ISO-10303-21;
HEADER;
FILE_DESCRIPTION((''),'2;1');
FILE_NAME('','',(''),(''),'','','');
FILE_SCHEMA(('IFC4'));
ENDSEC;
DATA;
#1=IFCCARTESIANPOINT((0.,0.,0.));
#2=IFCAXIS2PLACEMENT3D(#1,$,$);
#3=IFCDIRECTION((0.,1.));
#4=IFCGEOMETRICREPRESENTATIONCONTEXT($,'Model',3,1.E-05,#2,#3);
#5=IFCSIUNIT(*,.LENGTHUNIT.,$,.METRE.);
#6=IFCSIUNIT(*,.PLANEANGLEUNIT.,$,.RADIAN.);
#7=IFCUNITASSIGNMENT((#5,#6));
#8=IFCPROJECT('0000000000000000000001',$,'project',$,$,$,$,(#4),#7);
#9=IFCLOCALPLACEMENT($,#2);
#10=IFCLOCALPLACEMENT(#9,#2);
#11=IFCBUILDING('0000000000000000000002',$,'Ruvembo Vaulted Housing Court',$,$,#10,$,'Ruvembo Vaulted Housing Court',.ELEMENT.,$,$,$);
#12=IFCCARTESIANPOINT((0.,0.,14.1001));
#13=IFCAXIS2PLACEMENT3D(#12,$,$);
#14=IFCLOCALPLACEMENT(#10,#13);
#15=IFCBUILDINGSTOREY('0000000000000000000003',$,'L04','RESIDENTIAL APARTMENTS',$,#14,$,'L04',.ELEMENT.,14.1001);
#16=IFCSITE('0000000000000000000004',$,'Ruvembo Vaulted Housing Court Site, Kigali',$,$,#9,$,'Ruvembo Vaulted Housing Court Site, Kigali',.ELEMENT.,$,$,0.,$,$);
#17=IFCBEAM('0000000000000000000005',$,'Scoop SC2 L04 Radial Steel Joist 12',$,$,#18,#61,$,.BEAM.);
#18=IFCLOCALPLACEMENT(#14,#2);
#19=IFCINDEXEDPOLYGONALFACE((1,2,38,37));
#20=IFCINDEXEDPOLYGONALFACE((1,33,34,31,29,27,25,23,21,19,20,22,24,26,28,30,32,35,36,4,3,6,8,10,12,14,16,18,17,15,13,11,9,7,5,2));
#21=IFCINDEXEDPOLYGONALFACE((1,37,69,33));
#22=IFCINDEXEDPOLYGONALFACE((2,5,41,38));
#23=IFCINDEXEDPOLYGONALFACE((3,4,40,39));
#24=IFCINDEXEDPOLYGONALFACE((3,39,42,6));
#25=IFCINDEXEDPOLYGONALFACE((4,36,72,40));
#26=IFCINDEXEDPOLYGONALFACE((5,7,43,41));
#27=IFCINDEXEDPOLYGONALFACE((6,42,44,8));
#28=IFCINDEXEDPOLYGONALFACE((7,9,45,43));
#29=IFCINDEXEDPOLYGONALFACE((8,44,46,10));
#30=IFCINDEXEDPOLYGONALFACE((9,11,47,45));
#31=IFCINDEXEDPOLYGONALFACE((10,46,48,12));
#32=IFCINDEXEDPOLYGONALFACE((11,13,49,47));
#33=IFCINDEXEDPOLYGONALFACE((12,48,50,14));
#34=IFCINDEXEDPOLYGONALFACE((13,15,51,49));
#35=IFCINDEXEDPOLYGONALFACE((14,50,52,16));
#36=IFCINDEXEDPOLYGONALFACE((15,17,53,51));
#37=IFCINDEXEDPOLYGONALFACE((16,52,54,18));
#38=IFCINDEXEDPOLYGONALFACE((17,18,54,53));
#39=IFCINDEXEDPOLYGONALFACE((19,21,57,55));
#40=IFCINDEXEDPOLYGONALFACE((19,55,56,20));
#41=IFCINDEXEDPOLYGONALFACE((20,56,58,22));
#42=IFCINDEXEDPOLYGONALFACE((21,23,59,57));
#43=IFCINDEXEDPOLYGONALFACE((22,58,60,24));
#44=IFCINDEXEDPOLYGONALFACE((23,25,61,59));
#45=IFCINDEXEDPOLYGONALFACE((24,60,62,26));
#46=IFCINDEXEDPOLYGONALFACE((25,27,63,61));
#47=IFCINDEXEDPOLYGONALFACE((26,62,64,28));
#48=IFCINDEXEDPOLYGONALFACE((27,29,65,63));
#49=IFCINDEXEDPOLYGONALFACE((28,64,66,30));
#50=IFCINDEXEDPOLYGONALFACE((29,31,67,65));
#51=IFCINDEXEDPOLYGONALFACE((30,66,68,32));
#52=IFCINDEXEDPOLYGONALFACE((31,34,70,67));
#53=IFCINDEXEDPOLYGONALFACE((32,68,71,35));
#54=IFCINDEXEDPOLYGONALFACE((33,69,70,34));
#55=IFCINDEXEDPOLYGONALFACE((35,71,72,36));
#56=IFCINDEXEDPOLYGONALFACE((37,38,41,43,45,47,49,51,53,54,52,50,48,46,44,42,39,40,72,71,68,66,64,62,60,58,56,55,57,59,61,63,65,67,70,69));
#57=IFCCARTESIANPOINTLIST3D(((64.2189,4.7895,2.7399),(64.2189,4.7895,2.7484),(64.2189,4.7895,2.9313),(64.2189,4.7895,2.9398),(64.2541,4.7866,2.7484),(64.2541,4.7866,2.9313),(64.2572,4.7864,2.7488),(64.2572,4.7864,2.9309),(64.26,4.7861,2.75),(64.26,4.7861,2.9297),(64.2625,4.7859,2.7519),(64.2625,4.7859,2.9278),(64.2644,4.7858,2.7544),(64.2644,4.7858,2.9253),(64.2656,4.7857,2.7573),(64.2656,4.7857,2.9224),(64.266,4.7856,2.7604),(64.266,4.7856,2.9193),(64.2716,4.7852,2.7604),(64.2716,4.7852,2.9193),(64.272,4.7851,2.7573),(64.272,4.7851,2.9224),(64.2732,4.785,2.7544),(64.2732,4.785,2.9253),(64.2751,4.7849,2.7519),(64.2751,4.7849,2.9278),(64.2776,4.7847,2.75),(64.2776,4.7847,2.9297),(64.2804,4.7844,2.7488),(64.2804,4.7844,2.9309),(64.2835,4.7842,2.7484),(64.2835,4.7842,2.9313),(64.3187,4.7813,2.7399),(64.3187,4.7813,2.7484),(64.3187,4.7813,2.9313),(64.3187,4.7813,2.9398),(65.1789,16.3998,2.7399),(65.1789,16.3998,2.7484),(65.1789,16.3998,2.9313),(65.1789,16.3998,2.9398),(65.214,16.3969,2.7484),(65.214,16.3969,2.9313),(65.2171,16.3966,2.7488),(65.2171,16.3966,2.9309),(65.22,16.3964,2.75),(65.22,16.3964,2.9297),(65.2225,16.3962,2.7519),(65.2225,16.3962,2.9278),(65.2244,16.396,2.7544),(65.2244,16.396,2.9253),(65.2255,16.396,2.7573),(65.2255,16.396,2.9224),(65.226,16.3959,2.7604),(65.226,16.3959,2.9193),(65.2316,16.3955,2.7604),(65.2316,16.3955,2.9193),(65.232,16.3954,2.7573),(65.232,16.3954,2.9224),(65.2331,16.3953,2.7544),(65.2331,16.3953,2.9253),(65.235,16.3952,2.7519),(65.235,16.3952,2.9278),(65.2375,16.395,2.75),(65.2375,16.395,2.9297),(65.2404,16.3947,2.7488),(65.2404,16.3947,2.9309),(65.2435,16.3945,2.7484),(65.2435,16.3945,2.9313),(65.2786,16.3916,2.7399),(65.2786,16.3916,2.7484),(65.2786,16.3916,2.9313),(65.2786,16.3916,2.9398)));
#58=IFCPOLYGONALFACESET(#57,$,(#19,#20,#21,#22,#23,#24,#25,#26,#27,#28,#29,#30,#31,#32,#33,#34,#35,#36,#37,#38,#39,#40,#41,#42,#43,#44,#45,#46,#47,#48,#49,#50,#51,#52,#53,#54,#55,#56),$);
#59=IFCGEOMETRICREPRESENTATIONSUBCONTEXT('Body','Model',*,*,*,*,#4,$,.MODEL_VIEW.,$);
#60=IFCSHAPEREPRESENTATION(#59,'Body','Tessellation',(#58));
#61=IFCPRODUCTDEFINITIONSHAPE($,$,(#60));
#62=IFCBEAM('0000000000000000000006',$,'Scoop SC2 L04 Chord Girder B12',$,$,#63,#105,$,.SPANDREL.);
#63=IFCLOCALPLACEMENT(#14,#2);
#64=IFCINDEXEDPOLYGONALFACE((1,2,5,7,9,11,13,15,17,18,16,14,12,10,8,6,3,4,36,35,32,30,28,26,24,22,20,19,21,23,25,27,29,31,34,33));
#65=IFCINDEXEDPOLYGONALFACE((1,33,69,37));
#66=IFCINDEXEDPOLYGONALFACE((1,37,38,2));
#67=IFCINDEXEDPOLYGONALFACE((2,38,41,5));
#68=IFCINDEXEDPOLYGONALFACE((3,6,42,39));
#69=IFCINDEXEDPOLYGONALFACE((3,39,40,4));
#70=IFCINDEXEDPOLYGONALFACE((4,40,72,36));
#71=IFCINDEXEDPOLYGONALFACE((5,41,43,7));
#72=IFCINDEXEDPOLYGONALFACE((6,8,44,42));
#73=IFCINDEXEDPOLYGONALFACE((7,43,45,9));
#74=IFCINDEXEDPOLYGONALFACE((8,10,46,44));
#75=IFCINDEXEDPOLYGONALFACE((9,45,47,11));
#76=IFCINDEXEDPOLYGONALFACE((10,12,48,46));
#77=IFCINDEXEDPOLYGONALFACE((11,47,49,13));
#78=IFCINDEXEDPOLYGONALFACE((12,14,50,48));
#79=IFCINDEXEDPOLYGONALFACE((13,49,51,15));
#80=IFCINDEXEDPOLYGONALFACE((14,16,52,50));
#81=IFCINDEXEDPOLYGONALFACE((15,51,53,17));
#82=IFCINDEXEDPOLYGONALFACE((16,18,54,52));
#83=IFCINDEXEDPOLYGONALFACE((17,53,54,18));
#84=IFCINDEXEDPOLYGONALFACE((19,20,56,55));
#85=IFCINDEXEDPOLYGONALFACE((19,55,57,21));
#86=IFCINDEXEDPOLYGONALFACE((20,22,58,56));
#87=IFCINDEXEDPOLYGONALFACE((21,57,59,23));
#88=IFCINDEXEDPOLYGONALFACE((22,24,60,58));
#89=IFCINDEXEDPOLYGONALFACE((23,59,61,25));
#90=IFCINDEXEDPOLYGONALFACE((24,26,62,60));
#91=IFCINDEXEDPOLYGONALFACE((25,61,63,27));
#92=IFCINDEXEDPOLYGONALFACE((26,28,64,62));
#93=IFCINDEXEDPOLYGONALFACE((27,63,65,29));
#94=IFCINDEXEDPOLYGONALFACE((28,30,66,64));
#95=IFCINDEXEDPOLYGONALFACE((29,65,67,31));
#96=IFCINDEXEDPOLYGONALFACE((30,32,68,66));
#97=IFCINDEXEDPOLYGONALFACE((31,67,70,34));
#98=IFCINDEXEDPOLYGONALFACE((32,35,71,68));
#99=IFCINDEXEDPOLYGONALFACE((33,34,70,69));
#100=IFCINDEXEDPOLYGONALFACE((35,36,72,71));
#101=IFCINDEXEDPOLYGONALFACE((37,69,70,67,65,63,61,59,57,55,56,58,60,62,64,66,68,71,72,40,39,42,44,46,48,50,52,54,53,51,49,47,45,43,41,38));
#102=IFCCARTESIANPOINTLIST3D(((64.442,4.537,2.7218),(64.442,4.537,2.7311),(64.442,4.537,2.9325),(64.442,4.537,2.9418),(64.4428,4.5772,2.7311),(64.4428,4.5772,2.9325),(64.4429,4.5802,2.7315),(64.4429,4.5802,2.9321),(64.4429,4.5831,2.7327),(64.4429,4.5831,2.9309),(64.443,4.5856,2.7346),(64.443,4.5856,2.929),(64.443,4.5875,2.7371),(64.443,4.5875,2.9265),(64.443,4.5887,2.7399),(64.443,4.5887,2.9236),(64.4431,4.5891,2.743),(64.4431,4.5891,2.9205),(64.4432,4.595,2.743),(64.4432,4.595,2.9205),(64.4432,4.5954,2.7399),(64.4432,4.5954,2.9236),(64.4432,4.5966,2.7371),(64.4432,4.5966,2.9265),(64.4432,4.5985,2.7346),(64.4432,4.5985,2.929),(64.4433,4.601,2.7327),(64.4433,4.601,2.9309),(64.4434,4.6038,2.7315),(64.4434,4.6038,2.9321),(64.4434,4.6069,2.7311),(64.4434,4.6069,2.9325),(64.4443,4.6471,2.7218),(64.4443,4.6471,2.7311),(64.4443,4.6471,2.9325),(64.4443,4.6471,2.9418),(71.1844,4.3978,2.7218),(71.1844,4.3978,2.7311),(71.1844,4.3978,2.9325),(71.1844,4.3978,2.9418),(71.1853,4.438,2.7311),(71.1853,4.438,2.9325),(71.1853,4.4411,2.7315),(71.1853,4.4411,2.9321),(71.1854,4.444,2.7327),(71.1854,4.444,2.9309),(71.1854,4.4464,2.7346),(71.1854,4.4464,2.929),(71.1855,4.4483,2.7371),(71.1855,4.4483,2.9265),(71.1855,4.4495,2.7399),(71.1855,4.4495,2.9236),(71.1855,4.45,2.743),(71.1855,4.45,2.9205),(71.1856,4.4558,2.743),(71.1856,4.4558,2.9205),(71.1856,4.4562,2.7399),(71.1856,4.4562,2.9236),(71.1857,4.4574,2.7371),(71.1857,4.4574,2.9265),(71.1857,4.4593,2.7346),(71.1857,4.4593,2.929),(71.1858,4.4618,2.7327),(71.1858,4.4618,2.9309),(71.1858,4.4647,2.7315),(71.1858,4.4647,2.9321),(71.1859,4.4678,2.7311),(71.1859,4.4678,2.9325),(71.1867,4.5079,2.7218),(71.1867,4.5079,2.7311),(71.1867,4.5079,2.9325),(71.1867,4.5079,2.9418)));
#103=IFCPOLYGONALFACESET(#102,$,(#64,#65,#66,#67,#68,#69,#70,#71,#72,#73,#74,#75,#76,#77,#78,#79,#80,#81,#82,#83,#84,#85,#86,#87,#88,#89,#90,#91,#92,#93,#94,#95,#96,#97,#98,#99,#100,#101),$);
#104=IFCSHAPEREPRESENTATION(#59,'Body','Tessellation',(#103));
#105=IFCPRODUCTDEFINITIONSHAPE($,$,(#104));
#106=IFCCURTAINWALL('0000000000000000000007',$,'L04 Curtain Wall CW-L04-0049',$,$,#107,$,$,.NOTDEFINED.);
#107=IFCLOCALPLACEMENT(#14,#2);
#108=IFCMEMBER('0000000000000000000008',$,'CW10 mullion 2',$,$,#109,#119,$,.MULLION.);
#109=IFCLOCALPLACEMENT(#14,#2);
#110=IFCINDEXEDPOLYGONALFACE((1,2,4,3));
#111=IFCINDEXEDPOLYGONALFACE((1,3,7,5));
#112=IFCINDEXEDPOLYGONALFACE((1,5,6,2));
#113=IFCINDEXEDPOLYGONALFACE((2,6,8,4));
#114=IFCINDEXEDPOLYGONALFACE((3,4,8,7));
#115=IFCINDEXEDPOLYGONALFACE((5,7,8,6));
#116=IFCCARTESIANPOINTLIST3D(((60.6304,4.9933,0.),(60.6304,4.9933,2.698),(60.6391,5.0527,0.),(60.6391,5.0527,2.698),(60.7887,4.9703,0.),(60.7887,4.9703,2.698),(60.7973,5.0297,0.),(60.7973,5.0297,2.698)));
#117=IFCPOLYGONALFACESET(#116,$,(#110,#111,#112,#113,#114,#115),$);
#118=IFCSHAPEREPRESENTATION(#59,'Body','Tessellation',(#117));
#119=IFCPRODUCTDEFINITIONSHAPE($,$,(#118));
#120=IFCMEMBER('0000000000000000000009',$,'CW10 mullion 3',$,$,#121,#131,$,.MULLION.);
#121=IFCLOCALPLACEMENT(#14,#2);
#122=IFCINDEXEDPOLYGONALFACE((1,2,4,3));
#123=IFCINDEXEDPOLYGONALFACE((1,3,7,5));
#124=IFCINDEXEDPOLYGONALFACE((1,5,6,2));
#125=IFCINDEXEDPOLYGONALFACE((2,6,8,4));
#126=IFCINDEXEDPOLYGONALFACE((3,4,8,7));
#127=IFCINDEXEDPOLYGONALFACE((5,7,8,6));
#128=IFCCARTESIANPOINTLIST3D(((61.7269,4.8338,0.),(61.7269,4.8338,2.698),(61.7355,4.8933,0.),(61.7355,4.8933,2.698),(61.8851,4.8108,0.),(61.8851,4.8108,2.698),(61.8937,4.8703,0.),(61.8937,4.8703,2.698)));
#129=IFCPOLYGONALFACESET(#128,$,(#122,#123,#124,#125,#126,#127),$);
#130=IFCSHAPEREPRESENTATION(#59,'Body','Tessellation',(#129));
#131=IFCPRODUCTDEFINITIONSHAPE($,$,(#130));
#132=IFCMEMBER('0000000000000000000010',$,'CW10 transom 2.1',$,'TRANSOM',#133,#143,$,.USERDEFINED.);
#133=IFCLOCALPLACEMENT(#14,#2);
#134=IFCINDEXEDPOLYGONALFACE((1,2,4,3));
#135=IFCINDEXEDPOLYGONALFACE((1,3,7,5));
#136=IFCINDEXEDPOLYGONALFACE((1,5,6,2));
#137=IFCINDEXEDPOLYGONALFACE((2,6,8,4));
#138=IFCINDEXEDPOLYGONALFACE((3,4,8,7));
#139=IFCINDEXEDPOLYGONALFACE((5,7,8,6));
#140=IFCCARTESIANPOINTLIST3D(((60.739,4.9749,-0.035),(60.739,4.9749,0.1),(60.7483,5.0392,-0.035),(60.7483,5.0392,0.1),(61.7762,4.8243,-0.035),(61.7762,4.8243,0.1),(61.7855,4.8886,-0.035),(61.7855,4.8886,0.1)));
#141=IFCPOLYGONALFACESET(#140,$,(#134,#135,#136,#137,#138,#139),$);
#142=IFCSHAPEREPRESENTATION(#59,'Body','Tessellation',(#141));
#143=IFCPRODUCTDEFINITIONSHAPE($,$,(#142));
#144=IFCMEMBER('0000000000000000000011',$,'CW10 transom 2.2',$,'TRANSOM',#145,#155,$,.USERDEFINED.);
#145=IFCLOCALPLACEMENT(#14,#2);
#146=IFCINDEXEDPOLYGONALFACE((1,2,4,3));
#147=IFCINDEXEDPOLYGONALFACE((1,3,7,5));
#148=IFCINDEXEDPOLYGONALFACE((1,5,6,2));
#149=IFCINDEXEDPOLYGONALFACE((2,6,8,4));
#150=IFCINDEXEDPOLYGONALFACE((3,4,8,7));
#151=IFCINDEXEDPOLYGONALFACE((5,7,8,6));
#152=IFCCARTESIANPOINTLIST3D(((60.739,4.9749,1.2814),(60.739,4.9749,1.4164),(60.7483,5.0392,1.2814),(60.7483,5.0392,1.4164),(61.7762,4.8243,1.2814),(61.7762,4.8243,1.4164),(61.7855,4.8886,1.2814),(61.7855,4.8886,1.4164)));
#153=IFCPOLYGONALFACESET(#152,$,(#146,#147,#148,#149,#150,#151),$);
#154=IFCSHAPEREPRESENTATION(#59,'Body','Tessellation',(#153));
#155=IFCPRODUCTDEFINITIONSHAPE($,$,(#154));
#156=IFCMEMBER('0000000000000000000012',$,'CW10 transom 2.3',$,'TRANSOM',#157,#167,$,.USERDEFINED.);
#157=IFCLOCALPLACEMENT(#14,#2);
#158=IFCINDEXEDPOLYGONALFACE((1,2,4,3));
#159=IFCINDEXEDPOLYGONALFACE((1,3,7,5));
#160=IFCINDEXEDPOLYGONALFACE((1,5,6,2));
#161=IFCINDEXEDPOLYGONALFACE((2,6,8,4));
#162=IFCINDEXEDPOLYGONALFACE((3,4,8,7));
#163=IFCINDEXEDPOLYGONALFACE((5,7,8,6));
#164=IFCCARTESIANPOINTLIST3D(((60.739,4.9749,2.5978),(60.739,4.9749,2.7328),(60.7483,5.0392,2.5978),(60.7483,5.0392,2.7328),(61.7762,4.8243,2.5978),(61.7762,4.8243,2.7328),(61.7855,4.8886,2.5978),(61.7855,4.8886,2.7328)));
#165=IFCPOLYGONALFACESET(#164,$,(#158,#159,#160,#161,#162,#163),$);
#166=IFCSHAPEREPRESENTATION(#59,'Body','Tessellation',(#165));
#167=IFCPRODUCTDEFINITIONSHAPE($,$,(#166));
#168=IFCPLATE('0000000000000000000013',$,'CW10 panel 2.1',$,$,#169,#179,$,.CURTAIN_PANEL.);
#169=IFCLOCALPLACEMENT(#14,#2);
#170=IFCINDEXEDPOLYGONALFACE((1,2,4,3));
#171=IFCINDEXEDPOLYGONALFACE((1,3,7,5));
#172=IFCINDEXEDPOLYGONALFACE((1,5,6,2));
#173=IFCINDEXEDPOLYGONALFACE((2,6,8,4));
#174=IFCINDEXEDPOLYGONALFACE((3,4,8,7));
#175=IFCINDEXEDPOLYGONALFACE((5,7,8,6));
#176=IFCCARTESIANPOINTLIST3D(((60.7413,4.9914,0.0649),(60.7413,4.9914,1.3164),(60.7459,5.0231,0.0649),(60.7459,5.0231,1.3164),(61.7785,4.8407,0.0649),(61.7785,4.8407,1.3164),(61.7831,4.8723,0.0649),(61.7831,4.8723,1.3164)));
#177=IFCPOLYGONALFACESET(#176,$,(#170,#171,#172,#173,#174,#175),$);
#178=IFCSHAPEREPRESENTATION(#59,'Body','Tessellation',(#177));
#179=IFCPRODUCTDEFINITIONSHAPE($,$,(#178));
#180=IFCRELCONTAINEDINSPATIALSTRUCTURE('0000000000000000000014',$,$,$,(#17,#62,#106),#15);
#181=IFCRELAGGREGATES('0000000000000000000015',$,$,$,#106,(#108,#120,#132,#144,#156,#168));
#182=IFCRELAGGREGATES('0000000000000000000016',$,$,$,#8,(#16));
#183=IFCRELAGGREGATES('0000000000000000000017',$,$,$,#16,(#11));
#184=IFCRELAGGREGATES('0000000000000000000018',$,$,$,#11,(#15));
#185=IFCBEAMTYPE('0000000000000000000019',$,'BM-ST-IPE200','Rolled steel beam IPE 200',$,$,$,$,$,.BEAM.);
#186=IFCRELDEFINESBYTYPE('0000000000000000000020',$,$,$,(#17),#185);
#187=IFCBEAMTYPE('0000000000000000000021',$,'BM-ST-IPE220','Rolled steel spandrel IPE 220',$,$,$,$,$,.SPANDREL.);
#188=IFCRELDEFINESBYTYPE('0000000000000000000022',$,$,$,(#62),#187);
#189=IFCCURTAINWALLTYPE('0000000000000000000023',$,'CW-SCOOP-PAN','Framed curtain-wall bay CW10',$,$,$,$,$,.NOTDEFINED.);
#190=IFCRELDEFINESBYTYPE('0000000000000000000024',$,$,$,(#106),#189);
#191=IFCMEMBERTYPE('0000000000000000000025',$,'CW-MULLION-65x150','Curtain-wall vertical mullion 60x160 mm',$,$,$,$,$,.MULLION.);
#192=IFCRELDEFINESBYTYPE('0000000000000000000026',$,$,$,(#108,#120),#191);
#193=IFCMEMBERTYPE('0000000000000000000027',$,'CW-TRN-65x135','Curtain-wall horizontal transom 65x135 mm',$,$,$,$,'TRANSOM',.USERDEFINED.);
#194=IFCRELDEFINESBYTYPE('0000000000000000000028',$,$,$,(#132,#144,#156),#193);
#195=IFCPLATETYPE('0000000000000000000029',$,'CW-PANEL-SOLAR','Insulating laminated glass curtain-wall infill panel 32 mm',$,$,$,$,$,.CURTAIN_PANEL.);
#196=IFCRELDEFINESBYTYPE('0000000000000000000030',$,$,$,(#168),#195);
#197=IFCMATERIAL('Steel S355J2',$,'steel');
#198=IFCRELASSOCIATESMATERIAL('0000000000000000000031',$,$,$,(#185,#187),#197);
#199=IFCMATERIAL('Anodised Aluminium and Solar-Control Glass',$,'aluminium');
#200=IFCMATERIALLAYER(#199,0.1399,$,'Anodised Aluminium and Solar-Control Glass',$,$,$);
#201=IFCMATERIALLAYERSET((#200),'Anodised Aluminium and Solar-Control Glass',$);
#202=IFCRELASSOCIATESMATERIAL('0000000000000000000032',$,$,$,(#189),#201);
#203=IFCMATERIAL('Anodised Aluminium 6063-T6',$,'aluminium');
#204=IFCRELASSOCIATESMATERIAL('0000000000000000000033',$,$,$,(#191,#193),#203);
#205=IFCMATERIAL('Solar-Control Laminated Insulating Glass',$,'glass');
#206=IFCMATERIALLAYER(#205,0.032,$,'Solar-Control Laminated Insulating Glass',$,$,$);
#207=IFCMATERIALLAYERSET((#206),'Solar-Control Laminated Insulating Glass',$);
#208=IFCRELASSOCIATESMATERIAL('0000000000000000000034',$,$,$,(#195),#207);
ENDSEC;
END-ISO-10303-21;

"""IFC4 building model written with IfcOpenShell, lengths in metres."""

from ifc_helpers import new_model, si_unit, direction, frame, origin, origin_2d, place, context, subcontext, project, spatial, rectangle, i_section, extrude, material, layer, layer_set, material_profile, profile_set, type_object, element, aggregate, save


model = new_model("IFC4")

# Units and contexts
model_context = context("Model", 3, precision=1e-05, world=origin(), true_north=direction((0.0, 1.0)))
body_context = subcontext(model_context, "Body", "Model", "MODEL_VIEW")
ifc_project = project(units=[si_unit("LENGTHUNIT", "METRE"), si_unit("PLANEANGLEUNIT", "RADIAN")], contexts=[model_context])

# Site, building, storey
site_placement = place(None, origin())
site = spatial("IfcSite", under=ifc_project, at=site_placement, Name="Ruvembo Vaulted Housing Court Site, Kigali", LongName="Ruvembo Vaulted Housing Court Site, Kigali", CompositionType="ELEMENT", RefElevation=0.0)
building_placement = place(site_placement, origin())
building = spatial("IfcBuilding", under=site, at=building_placement, Name="Ruvembo Vaulted Housing Court", LongName="Ruvembo Vaulted Housing Court", CompositionType="ELEMENT")
storey_placement = place(building_placement, frame((0.0, 0.0, 14.1001)))
storey = spatial("IfcBuildingStorey", under=building, at=storey_placement, Name="L04", Description="RESIDENTIAL APARTMENTS", LongName="L04", CompositionType="ELEMENT", Elevation=14.1001)

# Beams
ifc_material_1 = material(Name="Steel S355J2", Category="steel")
ifc_material_profile_1 = material_profile(ifc_material_1, i_section(OverallWidth=0.1001, OverallDepth=0.2, WebThickness=0.0056, FlangeThickness=0.0085, FilletRadius=0.012, at=origin_2d()), Name="IPE 200")
ifc_profile_set_1 = profile_set([ifc_material_profile_1], Name="Steel S355J2")
beam_type_1 = type_object("IfcBeamType", Name="BM-ST-IPE200", Description="Rolled steel beam IPE 200", PredefinedType="BEAM", material=ifc_profile_set_1)
beam_1_placement = place(storey_placement, frame((64.2688, 4.7854, 2.8398), z_axis=(0.0824, 0.996599, 0.0), x_axis=(-0.996599, 0.0824, 0.0)))
element("IfcBeam", 1, at=beam_1_placement, inside=storey, type_object=beam_type_1, Name="Scoop SC2 L04 Radial Steel Joist 12", PredefinedType="BEAM", context=body_context, shape_type="SweptSolid", body=[
    extrude(i_section(OverallWidth=0.1001, OverallDepth=0.2, WebThickness=0.0056, FlangeThickness=0.0085, FilletRadius=0.012, at=origin_2d()), origin(), (0.0, 0.0, 1.0), 11.6499),
])
ifc_material_profile_2 = material_profile(ifc_material_1, i_section(OverallWidth=0.1101, OverallDepth=0.22, WebThickness=0.0059, FlangeThickness=0.0093, FilletRadius=0.012, at=origin_2d()), Name="IPE 220")
ifc_profile_set_2 = profile_set([ifc_material_profile_2], Name="Steel S355J2")
beam_type_2 = type_object("IfcBeamType", Name="BM-ST-IPE220", Description="Rolled steel spandrel IPE 220", PredefinedType="SPANDREL", material=ifc_profile_set_2)
beam_2_placement = place(storey_placement, frame((64.4431, 4.592, 2.8318), z_axis=(0.999787, -0.020635, 0.0), x_axis=(0.020635, 0.999787, 0.0)))
element("IfcBeam", 2, at=beam_2_placement, inside=storey, type_object=beam_type_2, Name="Scoop SC2 L04 Chord Girder B12", PredefinedType="SPANDREL", context=body_context, shape_type="SweptSolid", body=[
    extrude(i_section(OverallWidth=0.1101, OverallDepth=0.22, WebThickness=0.0059, FlangeThickness=0.0093, FilletRadius=0.012, at=origin_2d()), origin(), (0.0, 0.0, 1.0), 6.7439),
])

# Curtain wall, members, plate
ifc_material_2 = material(Name="Anodised Aluminium and Solar-Control Glass", Category="aluminium")
ifc_layer_1 = layer(ifc_material_2, 0.1399, Name="Anodised Aluminium and Solar-Control Glass")
ifc_layer_set_1 = layer_set([ifc_layer_1], Name="Anodised Aluminium and Solar-Control Glass")
curtain_wall_type = type_object("IfcCurtainWallType", Name="CW-SCOOP-PAN", Description="Framed curtain-wall bay CW10", PredefinedType="NOTDEFINED", material=ifc_layer_set_1)
curtain_wall_placement = place(storey_placement, origin())
curtain_wall = element("IfcCurtainWall", 3, at=curtain_wall_placement, inside=storey, type_object=curtain_wall_type, Name="L04 Curtain Wall CW-L04-0049", PredefinedType="NOTDEFINED")
ifc_material_3 = material(Name="Anodised Aluminium 6063-T6", Category="aluminium")
ifc_material_profile_3 = material_profile(ifc_material_3, rectangle(XDim=0.0601, YDim=0.1599, at=origin_2d()), Name="ALU 60x160")
ifc_profile_set_3 = profile_set([ifc_material_profile_3], Name="Anodised Aluminium 6063-T6")
member_type_1 = type_object("IfcMemberType", Name="CW-MULLION-65x150", Description="Curtain-wall vertical mullion 60x160 mm", PredefinedType="MULLION", material=ifc_profile_set_3)
member_1_placement = place(storey_placement, frame((60.7139, 5.0115, 0.0), z_axis=(0.0, 0.0, 1.0), x_axis=(0.143851, 0.989599, 0.0)))
member_1 = element("IfcMember", 4, at=member_1_placement, type_object=member_type_1, Name="CW10 mullion 2", PredefinedType="MULLION", context=body_context, shape_type="SweptSolid", body=[
    extrude(rectangle(XDim=0.0601, YDim=0.1599, at=origin_2d()), origin(), (0.0, 0.0, 1.0), 2.698),
])
member_2_placement = place(storey_placement, frame((61.8103, 4.8521, 0.0), z_axis=(0.0, 0.0, 1.0), x_axis=(0.143851, 0.989599, 0.0)))
member_2 = element("IfcMember", 5, at=member_2_placement, type_object=member_type_1, Name="CW10 mullion 3", PredefinedType="MULLION", context=body_context, shape_type="SweptSolid", body=[
    extrude(rectangle(XDim=0.0601, YDim=0.1599, at=origin_2d()), origin(), (0.0, 0.0, 1.0), 2.698),
])
ifc_material_profile_4 = material_profile(ifc_material_3, rectangle(XDim=0.0649, YDim=0.135, at=origin_2d()), Name="ALU 65x135")
ifc_profile_set_4 = profile_set([ifc_material_profile_4], Name="Anodised Aluminium 6063-T6")
member_type_2 = type_object("IfcMemberType", Name="CW-TRN-65x135", Description="Curtain-wall horizontal transom 65x135 mm", ElementType="TRANSOM", PredefinedType="USERDEFINED", material=ifc_profile_set_4)
member_3_placement = place(storey_placement, frame((60.7437, 5.0071, 0.0325), z_axis=(0.989616, -0.143737, 0.0), x_axis=(0.143737, 0.989616, 0.0)))
member_3 = element("IfcMember", 6, at=member_3_placement, type_object=member_type_2, Name="CW10 transom 2.1", ObjectType="TRANSOM", PredefinedType="USERDEFINED", context=body_context, shape_type="SweptSolid", body=[
    extrude(rectangle(XDim=0.0649, YDim=0.135, at=origin_2d()), origin(), (0.0, 0.0, 1.0), 1.0481),
])
member_4_placement = place(storey_placement, frame((60.7437, 5.0071, 1.3489), z_axis=(0.989616, -0.143737, 0.0), x_axis=(0.143737, 0.989616, 0.0)))
member_4 = element("IfcMember", 7, at=member_4_placement, type_object=member_type_2, Name="CW10 transom 2.2", ObjectType="TRANSOM", PredefinedType="USERDEFINED", context=body_context, shape_type="SweptSolid", body=[
    extrude(rectangle(XDim=0.0649, YDim=0.135, at=origin_2d()), origin(), (0.0, 0.0, 1.0), 1.0481),
])
member_5_placement = place(storey_placement, frame((60.7437, 5.0071, 2.6653), z_axis=(0.989616, -0.143737, 0.0), x_axis=(0.143737, 0.989616, 0.0)))
member_5 = element("IfcMember", 8, at=member_5_placement, type_object=member_type_2, Name="CW10 transom 2.3", ObjectType="TRANSOM", PredefinedType="USERDEFINED", context=body_context, shape_type="SweptSolid", body=[
    extrude(rectangle(XDim=0.0649, YDim=0.135, at=origin_2d()), origin(), (0.0, 0.0, 1.0), 1.0481),
])
ifc_material_4 = material(Name="Solar-Control Laminated Insulating Glass", Category="glass")
ifc_layer_2 = layer(ifc_material_4, 0.032, Name="Solar-Control Laminated Insulating Glass")
ifc_layer_set_2 = layer_set([ifc_layer_2], Name="Solar-Control Laminated Insulating Glass")
plate_type_1 = type_object("IfcPlateType", Name="CW-PANEL-SOLAR", Description="Insulating laminated glass curtain-wall infill panel 32 mm", PredefinedType="CURTAIN_PANEL", material=ifc_layer_set_2)
plate_1_placement = place(storey_placement, frame((61.2622, 4.9319, 0.0649), z_axis=(0.0, 0.0, 1.0), x_axis=(0.989599, -0.143851, 0.0)))
plate_1 = element("IfcPlate", 9, at=plate_1_placement, type_object=plate_type_1, Name="CW10 panel 2.1", PredefinedType="CURTAIN_PANEL", context=body_context, shape_type="SweptSolid", body=[
    extrude(rectangle(XDim=1.0481, YDim=0.032, at=origin_2d()), origin(), (0.0, 0.0, 1.0), 1.2515),
])
aggregate(curtain_wall, [member_1, member_2, member_3, member_4, member_5, plate_1])

save(model, "model.ifc")
